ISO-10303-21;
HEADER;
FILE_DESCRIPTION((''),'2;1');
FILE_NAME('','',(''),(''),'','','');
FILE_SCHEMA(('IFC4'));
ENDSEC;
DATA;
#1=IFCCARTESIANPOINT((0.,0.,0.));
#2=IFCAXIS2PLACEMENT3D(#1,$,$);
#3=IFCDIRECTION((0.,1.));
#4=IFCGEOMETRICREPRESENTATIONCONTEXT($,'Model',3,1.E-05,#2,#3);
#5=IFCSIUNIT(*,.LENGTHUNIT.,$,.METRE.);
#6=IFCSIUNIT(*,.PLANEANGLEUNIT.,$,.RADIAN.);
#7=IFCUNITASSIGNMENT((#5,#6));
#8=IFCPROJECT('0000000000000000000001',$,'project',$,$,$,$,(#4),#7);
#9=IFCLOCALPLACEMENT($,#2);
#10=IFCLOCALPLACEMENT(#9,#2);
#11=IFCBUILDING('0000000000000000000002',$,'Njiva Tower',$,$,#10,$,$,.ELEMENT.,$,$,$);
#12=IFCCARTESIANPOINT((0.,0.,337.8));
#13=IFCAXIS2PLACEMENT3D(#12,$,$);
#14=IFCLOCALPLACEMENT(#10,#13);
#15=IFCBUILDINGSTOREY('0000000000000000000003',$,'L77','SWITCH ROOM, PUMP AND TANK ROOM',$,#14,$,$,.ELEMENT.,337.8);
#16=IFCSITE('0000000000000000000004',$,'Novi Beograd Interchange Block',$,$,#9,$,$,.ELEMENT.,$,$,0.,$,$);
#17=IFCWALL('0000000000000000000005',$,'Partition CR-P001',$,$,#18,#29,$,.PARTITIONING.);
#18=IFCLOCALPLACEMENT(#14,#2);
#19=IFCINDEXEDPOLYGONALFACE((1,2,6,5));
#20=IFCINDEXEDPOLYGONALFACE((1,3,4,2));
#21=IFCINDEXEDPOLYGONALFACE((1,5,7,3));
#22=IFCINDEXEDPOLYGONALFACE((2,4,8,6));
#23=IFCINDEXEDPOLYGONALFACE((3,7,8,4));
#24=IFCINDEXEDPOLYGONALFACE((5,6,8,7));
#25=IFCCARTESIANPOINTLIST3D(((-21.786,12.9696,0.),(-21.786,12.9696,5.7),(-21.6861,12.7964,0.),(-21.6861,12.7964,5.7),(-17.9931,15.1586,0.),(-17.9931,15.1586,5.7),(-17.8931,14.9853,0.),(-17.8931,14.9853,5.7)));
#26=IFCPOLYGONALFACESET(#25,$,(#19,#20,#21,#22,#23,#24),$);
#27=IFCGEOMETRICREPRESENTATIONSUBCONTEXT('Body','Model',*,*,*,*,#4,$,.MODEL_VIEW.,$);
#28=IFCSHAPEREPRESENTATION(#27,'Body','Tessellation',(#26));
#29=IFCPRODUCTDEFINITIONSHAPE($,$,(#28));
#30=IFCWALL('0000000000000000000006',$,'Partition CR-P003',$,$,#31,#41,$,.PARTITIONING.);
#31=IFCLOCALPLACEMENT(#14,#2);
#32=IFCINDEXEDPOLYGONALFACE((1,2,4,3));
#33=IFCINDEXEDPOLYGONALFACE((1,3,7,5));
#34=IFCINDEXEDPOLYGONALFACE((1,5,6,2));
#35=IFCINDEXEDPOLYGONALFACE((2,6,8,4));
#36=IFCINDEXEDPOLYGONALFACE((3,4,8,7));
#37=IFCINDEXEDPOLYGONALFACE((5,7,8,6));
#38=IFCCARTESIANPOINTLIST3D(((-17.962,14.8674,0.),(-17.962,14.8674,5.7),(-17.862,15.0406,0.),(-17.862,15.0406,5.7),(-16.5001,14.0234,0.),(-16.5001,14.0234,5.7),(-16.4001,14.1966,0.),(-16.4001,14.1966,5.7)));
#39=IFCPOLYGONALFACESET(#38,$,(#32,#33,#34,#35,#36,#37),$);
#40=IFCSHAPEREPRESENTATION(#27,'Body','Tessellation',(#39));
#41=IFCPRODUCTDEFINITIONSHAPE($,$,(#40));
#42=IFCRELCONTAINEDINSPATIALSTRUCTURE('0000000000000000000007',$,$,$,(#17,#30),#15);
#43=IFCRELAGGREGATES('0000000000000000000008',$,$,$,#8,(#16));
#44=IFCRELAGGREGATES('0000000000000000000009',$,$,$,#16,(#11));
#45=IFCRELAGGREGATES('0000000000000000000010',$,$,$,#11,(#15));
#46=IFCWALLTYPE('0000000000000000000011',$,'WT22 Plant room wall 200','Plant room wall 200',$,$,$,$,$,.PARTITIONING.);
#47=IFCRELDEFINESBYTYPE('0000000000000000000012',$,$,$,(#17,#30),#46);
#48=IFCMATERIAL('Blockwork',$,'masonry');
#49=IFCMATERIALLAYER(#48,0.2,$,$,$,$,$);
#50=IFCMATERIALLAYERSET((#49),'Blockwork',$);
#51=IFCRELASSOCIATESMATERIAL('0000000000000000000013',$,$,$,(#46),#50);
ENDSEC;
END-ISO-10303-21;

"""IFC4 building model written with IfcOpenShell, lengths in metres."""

from ifc_helpers import new_model, si_unit, direction, frame, frame_2d, origin, place, context, subcontext, project, spatial, rectangle, extrude, material, layer, layer_set, type_object, element, save


model = new_model("IFC4")

# Units and contexts
model_context = context("Model", 3, precision=1e-05, world=origin(), true_north=direction((0.0, 1.0)))
body_context = subcontext(model_context, "Body", "Model", "MODEL_VIEW")
ifc_project = project(units=[si_unit("LENGTHUNIT", "METRE"), si_unit("PLANEANGLEUNIT", "RADIAN")], contexts=[model_context])

# Site, building, storey
site_placement = place(None, origin())
site = spatial("IfcSite", under=ifc_project, at=site_placement, Name="Novi Beograd Interchange Block", CompositionType="ELEMENT", RefElevation=0.0)
building_placement = place(site_placement, origin())
building = spatial("IfcBuilding", under=site, at=building_placement, Name="Njiva Tower", CompositionType="ELEMENT")
storey_placement = place(building_placement, frame((0.0, 0.0, 337.8)))
storey = spatial("IfcBuildingStorey", under=building, at=storey_placement, Name="L77", Description="SWITCH ROOM, PUMP AND TANK ROOM", CompositionType="ELEMENT", Elevation=337.8)

# Walls
ifc_material_1 = material(Name="Blockwork", Category="masonry")
ifc_layer_1 = layer(ifc_material_1, 0.2)
ifc_layer_set_1 = layer_set([ifc_layer_1], Name="Blockwork")
wall_type_1 = type_object("IfcWallType", Name="WT22 Plant room wall 200", Description="Plant room wall 200", PredefinedType="PARTITIONING", material=ifc_layer_set_1)
wall_1_placement = place(storey_placement, frame((-21.736, 12.883, 0.0), z_axis=(0.0, 0.0, 1.0), x_axis=(0.866113, 0.499848, 0.0)))
element("IfcWall", 1, at=wall_1_placement, inside=storey, type_object=wall_type_1, Name="Partition CR-P001", PredefinedType="PARTITIONING", context=body_context, shape_type="SweptSolid", body=[
    extrude(rectangle(XDim=4.3793, YDim=0.2, at=frame_2d((2.1896, 0.0))), origin(), (0.0, 0.0, 1.0), 5.7),
])
wall_2_placement = place(storey_placement, frame((-17.912, 14.954, 0.0), z_axis=(0.0, 0.0, 1.0), x_axis=(0.866047, -0.499962, 0.0)))
element("IfcWall", 2, at=wall_2_placement, inside=storey, type_object=wall_type_1, Name="Partition CR-P003", PredefinedType="PARTITIONING", context=body_context, shape_type="SweptSolid", body=[
    extrude(rectangle(XDim=1.6881, YDim=0.2, at=frame_2d((0.844, 0.0))), origin(), (0.0, 0.0, 1.0), 5.7),
])

save(model, "model.ifc")
